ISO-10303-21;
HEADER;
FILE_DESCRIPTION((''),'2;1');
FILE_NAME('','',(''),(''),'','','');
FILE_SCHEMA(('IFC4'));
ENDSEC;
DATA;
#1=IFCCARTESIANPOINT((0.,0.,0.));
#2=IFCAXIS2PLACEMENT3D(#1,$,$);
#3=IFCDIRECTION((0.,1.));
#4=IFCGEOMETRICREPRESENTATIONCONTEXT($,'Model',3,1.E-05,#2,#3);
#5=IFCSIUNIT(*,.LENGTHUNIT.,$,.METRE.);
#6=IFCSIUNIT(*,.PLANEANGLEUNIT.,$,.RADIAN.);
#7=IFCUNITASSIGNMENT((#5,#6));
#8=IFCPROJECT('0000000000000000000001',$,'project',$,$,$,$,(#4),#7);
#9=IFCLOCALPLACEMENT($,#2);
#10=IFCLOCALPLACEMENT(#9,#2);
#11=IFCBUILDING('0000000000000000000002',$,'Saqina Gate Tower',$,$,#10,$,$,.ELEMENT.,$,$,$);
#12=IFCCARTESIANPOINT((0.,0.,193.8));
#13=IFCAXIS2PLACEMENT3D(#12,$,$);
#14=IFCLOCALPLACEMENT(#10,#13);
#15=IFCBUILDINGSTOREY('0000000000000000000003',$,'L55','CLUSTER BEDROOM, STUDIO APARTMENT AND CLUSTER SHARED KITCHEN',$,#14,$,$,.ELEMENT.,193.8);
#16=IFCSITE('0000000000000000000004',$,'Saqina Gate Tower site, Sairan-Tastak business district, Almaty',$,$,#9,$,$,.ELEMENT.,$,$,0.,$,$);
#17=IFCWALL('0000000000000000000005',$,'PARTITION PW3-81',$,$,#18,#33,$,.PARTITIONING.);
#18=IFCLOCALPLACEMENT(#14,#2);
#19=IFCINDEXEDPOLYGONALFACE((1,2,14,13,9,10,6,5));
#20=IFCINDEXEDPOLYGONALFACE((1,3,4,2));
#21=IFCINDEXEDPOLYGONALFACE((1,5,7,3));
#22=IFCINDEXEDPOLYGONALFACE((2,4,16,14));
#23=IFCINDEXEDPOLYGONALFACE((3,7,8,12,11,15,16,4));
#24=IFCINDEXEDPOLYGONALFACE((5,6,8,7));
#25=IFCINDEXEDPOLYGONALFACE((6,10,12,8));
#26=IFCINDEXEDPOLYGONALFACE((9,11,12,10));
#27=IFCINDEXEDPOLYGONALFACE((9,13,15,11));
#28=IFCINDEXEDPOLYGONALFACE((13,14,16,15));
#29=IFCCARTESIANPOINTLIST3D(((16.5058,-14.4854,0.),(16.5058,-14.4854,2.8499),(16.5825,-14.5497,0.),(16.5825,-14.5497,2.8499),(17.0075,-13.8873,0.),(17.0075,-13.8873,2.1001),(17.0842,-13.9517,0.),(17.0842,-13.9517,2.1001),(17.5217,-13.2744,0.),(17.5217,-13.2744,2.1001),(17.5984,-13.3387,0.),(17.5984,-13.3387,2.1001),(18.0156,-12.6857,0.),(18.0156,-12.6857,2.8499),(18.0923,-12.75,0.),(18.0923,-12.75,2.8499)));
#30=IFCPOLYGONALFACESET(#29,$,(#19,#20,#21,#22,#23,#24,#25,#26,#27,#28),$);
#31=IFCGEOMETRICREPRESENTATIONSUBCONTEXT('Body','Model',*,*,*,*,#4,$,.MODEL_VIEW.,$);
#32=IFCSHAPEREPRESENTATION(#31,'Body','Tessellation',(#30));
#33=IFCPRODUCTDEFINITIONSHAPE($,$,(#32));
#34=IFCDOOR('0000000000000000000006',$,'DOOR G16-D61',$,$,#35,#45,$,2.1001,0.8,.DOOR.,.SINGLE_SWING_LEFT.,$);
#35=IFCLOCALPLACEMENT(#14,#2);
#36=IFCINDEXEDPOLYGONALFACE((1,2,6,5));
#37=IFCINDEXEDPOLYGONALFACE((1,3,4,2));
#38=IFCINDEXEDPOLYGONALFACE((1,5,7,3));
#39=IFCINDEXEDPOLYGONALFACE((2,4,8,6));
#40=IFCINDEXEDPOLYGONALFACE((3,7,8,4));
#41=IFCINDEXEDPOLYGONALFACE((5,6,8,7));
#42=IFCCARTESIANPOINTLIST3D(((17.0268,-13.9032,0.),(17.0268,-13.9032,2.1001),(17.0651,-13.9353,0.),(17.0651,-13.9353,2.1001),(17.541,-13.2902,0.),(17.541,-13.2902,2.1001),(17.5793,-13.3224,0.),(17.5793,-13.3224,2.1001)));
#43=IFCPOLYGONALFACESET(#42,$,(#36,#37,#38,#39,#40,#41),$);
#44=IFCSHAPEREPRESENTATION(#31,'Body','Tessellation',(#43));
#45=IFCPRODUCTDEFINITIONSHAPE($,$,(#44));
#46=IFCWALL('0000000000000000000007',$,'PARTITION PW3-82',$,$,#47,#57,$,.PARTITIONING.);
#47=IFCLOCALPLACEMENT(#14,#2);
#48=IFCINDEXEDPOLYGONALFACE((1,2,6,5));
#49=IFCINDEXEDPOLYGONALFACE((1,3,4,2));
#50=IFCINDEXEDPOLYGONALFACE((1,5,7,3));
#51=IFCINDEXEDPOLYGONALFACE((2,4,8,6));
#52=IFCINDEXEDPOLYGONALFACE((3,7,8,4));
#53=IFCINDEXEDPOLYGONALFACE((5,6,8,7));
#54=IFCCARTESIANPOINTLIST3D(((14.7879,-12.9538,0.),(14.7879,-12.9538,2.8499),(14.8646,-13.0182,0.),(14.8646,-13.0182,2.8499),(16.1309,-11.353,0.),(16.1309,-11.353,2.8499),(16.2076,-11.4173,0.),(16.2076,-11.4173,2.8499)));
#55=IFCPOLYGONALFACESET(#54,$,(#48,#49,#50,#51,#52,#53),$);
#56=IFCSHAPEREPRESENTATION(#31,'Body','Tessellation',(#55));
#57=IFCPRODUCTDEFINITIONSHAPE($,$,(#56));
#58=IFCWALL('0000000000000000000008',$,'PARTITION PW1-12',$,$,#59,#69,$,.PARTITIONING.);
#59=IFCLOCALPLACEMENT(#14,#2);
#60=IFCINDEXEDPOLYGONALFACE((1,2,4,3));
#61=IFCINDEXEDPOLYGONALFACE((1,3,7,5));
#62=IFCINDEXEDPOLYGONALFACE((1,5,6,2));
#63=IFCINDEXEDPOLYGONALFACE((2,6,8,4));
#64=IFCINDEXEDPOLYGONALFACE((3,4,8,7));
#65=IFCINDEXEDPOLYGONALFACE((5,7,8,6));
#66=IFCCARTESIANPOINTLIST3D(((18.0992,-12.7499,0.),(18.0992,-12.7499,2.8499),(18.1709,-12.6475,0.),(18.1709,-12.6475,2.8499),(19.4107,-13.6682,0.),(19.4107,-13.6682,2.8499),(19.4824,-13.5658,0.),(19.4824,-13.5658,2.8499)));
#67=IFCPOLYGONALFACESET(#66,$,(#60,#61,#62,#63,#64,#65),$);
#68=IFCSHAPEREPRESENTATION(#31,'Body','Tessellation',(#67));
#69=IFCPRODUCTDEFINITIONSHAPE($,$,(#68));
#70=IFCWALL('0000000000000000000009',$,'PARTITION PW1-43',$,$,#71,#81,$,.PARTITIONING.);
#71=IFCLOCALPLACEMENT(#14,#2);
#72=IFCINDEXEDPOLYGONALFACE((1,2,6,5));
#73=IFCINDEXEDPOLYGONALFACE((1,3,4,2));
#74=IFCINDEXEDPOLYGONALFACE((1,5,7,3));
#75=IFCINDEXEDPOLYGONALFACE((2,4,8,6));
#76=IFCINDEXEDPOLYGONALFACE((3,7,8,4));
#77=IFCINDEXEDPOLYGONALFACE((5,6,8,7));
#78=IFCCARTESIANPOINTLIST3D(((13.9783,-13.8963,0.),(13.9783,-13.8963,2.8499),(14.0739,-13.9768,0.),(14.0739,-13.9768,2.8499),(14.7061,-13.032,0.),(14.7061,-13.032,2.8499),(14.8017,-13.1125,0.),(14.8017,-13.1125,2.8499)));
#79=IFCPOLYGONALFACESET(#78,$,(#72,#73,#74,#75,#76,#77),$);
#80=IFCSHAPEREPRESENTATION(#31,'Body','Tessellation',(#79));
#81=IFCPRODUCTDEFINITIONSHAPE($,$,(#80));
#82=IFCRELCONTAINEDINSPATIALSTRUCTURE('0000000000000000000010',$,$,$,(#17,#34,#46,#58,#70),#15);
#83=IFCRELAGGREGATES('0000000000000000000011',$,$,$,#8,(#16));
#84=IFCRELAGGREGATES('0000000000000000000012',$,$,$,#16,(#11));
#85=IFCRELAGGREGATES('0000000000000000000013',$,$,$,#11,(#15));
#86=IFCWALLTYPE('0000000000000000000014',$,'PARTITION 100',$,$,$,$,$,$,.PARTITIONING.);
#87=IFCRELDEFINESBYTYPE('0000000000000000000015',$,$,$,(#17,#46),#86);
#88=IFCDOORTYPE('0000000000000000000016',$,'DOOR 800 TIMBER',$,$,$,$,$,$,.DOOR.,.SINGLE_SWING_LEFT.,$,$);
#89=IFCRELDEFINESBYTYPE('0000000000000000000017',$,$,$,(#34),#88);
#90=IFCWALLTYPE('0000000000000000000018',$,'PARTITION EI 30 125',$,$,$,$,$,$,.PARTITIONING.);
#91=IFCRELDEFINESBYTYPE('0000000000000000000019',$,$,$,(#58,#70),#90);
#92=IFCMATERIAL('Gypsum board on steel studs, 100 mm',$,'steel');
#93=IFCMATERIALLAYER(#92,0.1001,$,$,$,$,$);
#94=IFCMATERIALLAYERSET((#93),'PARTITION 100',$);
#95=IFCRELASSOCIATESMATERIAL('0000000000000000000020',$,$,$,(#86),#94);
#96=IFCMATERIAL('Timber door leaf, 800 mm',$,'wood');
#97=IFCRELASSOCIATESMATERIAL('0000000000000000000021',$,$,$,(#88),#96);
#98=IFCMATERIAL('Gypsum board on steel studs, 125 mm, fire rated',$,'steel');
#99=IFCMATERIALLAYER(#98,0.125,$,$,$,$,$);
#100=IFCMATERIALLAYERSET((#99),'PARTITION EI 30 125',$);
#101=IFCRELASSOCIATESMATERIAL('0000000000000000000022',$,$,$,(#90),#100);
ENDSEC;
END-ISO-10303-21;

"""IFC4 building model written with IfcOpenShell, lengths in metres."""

from ifc_helpers import new_model, si_unit, direction, frame, frame_2d, origin, place, context, subcontext, project, spatial, rectangle, extrude, material, layer, layer_set, type_object, element, fill, save


model = new_model("IFC4")

# Units and contexts
model_context = context("Model", 3, precision=1e-05, world=origin(), true_north=direction((0.0, 1.0)))
body_context = subcontext(model_context, "Body", "Model", "MODEL_VIEW")
ifc_project = project(units=[si_unit("LENGTHUNIT", "METRE"), si_unit("PLANEANGLEUNIT", "RADIAN")], contexts=[model_context])

# Site, building, storey
site_placement = place(None, origin())
site = spatial("IfcSite", under=ifc_project, at=site_placement, Name="Saqina Gate Tower site, Sairan-Tastak business district, Almaty", CompositionType="ELEMENT", RefElevation=0.0)
building_placement = place(site_placement, origin())
building = spatial("IfcBuilding", under=site, at=building_placement, Name="Saqina Gate Tower", CompositionType="ELEMENT")
storey_placement = place(building_placement, frame((0.0, 0.0, 193.8)))
storey = spatial("IfcBuildingStorey", under=building, at=storey_placement, Name="L55", Description="CLUSTER BEDROOM, STUDIO APARTMENT AND CLUSTER SHARED KITCHEN", CompositionType="ELEMENT", Elevation=193.8)

# Shared definitions
ifc_material_1 = material(Name="Gypsum board on steel studs, 100 mm", Category="steel")
ifc_layer_1 = layer(ifc_material_1, 0.1001)
ifc_layer_set_1 = layer_set([ifc_layer_1], Name="PARTITION 100")
wall_type_1 = type_object("IfcWallType", Name="PARTITION 100", PredefinedType="PARTITIONING", material=ifc_layer_set_1)

# Wall, opening, door
wall_1_placement = place(storey_placement, frame((16.5442, -14.5176, 0.0), z_axis=(0.0, 0.0, 1.0), x_axis=(0.642675, 0.766139, 0.0)))
wall_1 = element("IfcWall", 1, at=wall_1_placement, inside=storey, type_object=wall_type_1, Name="PARTITION PW3-81", PredefinedType="PARTITIONING", context=body_context, shape_type="SweptSolid", body=[
    extrude(rectangle(XDim=2.3491, YDim=0.1001, at=frame_2d((1.1746, 0.0))), origin(), (0.0, 0.0, 1.0), 2.8499),
])
opening_1_placement = place(wall_1_placement, frame((0.7808, 0.0, 0.0)))
opening_1 = element("IfcOpeningElement", 2, at=opening_1_placement, cuts=wall_1, PredefinedType="OPENING", context=body_context, shape_type="SweptSolid", body=[
    extrude(rectangle(XDim=0.8, YDim=2.1001, at=frame_2d((0.3999, 1.05))), frame((0.0, 0.062, 0.0), z_axis=(0.0, -1.0, 0.0), x_axis=(1.0, 0.0, 0.0)), (0.0, 0.0, 1.0), 0.124),
])
ifc_material_2 = material(Name="Timber door leaf, 800 mm", Category="wood")
door_type = type_object("IfcDoorType", Name="DOOR 800 TIMBER", OperationType="SINGLE_SWING_LEFT", PredefinedType="DOOR", material=ifc_material_2)
door_placement = place(opening_1_placement, frame((0.8, 0.0, 0.0), z_axis=(0.0, 0.0, 1.0), x_axis=(-1.0, 0.0, 0.0)))
door = element("IfcDoor", 3, at=door_placement, inside=storey, type_object=door_type, Name="DOOR G16-D61", OperationType="SINGLE_SWING_LEFT", OverallHeight=2.1001, OverallWidth=0.8, PredefinedType="DOOR", context=body_context, shape_type="SweptSolid", body=[
    extrude(rectangle(XDim=0.8, YDim=2.1001, at=frame_2d((0.3999, 1.05))), frame((0.0, 0.0249, 0.0), z_axis=(0.0, -1.0, 0.0), x_axis=(1.0, 0.0, 0.0)), (0.0, 0.0, 1.0), 0.05),
])
fill(opening_1, door)

# Walls
wall_2_placement = place(storey_placement, frame((14.8262, -12.9861, 0.0), z_axis=(0.0, 0.0, 1.0), x_axis=(0.642721, 0.766101, 0.0)))
element("IfcWall", 4, at=wall_2_placement, inside=storey, type_object=wall_type_1, Name="PARTITION PW3-82", PredefinedType="PARTITIONING", context=body_context, shape_type="SweptSolid", body=[
    extrude(rectangle(XDim=2.0896, YDim=0.1001, at=frame_2d((1.0449, 0.0))), origin(), (0.0, 0.0, 1.0), 2.8499),
])
ifc_material_3 = material(Name="Gypsum board on steel studs, 125 mm, fire rated", Category="steel")
ifc_layer_2 = layer(ifc_material_3, 0.125)
ifc_layer_set_2 = layer_set([ifc_layer_2], Name="PARTITION EI 30 125")
wall_type_2 = type_object("IfcWallType", Name="PARTITION EI 30 125", PredefinedType="PARTITIONING", material=ifc_layer_set_2)
wall_3_placement = place(storey_placement, frame((18.135, -12.6987, 0.0), z_axis=(0.0, 0.0, 1.0), x_axis=(0.819189, -0.573524, 0.0)))
element("IfcWall", 5, at=wall_3_placement, inside=storey, type_object=wall_type_2, Name="PARTITION PW1-12", PredefinedType="PARTITIONING", context=body_context, shape_type="SweptSolid", body=[
    extrude(rectangle(XDim=1.6011, YDim=0.125, at=frame_2d((0.8005, 0.0))), origin(), (0.0, 0.0, 1.0), 2.8499),
])
wall_4_placement = place(storey_placement, frame((14.0261, -13.9365, 0.0), z_axis=(0.0, 0.0, 1.0), x_axis=(0.644129, 0.764917, 0.0)))
element("IfcWall", 6, at=wall_4_placement, inside=storey, type_object=wall_type_2, Name="PARTITION PW1-43", PredefinedType="PARTITIONING", context=body_context, shape_type="SweptSolid", body=[
    extrude(rectangle(XDim=1.1299, YDim=0.125, at=frame_2d((0.5649, 0.0))), origin(), (0.0, 0.0, 1.0), 2.8499),
])

save(model, "model.ifc")
